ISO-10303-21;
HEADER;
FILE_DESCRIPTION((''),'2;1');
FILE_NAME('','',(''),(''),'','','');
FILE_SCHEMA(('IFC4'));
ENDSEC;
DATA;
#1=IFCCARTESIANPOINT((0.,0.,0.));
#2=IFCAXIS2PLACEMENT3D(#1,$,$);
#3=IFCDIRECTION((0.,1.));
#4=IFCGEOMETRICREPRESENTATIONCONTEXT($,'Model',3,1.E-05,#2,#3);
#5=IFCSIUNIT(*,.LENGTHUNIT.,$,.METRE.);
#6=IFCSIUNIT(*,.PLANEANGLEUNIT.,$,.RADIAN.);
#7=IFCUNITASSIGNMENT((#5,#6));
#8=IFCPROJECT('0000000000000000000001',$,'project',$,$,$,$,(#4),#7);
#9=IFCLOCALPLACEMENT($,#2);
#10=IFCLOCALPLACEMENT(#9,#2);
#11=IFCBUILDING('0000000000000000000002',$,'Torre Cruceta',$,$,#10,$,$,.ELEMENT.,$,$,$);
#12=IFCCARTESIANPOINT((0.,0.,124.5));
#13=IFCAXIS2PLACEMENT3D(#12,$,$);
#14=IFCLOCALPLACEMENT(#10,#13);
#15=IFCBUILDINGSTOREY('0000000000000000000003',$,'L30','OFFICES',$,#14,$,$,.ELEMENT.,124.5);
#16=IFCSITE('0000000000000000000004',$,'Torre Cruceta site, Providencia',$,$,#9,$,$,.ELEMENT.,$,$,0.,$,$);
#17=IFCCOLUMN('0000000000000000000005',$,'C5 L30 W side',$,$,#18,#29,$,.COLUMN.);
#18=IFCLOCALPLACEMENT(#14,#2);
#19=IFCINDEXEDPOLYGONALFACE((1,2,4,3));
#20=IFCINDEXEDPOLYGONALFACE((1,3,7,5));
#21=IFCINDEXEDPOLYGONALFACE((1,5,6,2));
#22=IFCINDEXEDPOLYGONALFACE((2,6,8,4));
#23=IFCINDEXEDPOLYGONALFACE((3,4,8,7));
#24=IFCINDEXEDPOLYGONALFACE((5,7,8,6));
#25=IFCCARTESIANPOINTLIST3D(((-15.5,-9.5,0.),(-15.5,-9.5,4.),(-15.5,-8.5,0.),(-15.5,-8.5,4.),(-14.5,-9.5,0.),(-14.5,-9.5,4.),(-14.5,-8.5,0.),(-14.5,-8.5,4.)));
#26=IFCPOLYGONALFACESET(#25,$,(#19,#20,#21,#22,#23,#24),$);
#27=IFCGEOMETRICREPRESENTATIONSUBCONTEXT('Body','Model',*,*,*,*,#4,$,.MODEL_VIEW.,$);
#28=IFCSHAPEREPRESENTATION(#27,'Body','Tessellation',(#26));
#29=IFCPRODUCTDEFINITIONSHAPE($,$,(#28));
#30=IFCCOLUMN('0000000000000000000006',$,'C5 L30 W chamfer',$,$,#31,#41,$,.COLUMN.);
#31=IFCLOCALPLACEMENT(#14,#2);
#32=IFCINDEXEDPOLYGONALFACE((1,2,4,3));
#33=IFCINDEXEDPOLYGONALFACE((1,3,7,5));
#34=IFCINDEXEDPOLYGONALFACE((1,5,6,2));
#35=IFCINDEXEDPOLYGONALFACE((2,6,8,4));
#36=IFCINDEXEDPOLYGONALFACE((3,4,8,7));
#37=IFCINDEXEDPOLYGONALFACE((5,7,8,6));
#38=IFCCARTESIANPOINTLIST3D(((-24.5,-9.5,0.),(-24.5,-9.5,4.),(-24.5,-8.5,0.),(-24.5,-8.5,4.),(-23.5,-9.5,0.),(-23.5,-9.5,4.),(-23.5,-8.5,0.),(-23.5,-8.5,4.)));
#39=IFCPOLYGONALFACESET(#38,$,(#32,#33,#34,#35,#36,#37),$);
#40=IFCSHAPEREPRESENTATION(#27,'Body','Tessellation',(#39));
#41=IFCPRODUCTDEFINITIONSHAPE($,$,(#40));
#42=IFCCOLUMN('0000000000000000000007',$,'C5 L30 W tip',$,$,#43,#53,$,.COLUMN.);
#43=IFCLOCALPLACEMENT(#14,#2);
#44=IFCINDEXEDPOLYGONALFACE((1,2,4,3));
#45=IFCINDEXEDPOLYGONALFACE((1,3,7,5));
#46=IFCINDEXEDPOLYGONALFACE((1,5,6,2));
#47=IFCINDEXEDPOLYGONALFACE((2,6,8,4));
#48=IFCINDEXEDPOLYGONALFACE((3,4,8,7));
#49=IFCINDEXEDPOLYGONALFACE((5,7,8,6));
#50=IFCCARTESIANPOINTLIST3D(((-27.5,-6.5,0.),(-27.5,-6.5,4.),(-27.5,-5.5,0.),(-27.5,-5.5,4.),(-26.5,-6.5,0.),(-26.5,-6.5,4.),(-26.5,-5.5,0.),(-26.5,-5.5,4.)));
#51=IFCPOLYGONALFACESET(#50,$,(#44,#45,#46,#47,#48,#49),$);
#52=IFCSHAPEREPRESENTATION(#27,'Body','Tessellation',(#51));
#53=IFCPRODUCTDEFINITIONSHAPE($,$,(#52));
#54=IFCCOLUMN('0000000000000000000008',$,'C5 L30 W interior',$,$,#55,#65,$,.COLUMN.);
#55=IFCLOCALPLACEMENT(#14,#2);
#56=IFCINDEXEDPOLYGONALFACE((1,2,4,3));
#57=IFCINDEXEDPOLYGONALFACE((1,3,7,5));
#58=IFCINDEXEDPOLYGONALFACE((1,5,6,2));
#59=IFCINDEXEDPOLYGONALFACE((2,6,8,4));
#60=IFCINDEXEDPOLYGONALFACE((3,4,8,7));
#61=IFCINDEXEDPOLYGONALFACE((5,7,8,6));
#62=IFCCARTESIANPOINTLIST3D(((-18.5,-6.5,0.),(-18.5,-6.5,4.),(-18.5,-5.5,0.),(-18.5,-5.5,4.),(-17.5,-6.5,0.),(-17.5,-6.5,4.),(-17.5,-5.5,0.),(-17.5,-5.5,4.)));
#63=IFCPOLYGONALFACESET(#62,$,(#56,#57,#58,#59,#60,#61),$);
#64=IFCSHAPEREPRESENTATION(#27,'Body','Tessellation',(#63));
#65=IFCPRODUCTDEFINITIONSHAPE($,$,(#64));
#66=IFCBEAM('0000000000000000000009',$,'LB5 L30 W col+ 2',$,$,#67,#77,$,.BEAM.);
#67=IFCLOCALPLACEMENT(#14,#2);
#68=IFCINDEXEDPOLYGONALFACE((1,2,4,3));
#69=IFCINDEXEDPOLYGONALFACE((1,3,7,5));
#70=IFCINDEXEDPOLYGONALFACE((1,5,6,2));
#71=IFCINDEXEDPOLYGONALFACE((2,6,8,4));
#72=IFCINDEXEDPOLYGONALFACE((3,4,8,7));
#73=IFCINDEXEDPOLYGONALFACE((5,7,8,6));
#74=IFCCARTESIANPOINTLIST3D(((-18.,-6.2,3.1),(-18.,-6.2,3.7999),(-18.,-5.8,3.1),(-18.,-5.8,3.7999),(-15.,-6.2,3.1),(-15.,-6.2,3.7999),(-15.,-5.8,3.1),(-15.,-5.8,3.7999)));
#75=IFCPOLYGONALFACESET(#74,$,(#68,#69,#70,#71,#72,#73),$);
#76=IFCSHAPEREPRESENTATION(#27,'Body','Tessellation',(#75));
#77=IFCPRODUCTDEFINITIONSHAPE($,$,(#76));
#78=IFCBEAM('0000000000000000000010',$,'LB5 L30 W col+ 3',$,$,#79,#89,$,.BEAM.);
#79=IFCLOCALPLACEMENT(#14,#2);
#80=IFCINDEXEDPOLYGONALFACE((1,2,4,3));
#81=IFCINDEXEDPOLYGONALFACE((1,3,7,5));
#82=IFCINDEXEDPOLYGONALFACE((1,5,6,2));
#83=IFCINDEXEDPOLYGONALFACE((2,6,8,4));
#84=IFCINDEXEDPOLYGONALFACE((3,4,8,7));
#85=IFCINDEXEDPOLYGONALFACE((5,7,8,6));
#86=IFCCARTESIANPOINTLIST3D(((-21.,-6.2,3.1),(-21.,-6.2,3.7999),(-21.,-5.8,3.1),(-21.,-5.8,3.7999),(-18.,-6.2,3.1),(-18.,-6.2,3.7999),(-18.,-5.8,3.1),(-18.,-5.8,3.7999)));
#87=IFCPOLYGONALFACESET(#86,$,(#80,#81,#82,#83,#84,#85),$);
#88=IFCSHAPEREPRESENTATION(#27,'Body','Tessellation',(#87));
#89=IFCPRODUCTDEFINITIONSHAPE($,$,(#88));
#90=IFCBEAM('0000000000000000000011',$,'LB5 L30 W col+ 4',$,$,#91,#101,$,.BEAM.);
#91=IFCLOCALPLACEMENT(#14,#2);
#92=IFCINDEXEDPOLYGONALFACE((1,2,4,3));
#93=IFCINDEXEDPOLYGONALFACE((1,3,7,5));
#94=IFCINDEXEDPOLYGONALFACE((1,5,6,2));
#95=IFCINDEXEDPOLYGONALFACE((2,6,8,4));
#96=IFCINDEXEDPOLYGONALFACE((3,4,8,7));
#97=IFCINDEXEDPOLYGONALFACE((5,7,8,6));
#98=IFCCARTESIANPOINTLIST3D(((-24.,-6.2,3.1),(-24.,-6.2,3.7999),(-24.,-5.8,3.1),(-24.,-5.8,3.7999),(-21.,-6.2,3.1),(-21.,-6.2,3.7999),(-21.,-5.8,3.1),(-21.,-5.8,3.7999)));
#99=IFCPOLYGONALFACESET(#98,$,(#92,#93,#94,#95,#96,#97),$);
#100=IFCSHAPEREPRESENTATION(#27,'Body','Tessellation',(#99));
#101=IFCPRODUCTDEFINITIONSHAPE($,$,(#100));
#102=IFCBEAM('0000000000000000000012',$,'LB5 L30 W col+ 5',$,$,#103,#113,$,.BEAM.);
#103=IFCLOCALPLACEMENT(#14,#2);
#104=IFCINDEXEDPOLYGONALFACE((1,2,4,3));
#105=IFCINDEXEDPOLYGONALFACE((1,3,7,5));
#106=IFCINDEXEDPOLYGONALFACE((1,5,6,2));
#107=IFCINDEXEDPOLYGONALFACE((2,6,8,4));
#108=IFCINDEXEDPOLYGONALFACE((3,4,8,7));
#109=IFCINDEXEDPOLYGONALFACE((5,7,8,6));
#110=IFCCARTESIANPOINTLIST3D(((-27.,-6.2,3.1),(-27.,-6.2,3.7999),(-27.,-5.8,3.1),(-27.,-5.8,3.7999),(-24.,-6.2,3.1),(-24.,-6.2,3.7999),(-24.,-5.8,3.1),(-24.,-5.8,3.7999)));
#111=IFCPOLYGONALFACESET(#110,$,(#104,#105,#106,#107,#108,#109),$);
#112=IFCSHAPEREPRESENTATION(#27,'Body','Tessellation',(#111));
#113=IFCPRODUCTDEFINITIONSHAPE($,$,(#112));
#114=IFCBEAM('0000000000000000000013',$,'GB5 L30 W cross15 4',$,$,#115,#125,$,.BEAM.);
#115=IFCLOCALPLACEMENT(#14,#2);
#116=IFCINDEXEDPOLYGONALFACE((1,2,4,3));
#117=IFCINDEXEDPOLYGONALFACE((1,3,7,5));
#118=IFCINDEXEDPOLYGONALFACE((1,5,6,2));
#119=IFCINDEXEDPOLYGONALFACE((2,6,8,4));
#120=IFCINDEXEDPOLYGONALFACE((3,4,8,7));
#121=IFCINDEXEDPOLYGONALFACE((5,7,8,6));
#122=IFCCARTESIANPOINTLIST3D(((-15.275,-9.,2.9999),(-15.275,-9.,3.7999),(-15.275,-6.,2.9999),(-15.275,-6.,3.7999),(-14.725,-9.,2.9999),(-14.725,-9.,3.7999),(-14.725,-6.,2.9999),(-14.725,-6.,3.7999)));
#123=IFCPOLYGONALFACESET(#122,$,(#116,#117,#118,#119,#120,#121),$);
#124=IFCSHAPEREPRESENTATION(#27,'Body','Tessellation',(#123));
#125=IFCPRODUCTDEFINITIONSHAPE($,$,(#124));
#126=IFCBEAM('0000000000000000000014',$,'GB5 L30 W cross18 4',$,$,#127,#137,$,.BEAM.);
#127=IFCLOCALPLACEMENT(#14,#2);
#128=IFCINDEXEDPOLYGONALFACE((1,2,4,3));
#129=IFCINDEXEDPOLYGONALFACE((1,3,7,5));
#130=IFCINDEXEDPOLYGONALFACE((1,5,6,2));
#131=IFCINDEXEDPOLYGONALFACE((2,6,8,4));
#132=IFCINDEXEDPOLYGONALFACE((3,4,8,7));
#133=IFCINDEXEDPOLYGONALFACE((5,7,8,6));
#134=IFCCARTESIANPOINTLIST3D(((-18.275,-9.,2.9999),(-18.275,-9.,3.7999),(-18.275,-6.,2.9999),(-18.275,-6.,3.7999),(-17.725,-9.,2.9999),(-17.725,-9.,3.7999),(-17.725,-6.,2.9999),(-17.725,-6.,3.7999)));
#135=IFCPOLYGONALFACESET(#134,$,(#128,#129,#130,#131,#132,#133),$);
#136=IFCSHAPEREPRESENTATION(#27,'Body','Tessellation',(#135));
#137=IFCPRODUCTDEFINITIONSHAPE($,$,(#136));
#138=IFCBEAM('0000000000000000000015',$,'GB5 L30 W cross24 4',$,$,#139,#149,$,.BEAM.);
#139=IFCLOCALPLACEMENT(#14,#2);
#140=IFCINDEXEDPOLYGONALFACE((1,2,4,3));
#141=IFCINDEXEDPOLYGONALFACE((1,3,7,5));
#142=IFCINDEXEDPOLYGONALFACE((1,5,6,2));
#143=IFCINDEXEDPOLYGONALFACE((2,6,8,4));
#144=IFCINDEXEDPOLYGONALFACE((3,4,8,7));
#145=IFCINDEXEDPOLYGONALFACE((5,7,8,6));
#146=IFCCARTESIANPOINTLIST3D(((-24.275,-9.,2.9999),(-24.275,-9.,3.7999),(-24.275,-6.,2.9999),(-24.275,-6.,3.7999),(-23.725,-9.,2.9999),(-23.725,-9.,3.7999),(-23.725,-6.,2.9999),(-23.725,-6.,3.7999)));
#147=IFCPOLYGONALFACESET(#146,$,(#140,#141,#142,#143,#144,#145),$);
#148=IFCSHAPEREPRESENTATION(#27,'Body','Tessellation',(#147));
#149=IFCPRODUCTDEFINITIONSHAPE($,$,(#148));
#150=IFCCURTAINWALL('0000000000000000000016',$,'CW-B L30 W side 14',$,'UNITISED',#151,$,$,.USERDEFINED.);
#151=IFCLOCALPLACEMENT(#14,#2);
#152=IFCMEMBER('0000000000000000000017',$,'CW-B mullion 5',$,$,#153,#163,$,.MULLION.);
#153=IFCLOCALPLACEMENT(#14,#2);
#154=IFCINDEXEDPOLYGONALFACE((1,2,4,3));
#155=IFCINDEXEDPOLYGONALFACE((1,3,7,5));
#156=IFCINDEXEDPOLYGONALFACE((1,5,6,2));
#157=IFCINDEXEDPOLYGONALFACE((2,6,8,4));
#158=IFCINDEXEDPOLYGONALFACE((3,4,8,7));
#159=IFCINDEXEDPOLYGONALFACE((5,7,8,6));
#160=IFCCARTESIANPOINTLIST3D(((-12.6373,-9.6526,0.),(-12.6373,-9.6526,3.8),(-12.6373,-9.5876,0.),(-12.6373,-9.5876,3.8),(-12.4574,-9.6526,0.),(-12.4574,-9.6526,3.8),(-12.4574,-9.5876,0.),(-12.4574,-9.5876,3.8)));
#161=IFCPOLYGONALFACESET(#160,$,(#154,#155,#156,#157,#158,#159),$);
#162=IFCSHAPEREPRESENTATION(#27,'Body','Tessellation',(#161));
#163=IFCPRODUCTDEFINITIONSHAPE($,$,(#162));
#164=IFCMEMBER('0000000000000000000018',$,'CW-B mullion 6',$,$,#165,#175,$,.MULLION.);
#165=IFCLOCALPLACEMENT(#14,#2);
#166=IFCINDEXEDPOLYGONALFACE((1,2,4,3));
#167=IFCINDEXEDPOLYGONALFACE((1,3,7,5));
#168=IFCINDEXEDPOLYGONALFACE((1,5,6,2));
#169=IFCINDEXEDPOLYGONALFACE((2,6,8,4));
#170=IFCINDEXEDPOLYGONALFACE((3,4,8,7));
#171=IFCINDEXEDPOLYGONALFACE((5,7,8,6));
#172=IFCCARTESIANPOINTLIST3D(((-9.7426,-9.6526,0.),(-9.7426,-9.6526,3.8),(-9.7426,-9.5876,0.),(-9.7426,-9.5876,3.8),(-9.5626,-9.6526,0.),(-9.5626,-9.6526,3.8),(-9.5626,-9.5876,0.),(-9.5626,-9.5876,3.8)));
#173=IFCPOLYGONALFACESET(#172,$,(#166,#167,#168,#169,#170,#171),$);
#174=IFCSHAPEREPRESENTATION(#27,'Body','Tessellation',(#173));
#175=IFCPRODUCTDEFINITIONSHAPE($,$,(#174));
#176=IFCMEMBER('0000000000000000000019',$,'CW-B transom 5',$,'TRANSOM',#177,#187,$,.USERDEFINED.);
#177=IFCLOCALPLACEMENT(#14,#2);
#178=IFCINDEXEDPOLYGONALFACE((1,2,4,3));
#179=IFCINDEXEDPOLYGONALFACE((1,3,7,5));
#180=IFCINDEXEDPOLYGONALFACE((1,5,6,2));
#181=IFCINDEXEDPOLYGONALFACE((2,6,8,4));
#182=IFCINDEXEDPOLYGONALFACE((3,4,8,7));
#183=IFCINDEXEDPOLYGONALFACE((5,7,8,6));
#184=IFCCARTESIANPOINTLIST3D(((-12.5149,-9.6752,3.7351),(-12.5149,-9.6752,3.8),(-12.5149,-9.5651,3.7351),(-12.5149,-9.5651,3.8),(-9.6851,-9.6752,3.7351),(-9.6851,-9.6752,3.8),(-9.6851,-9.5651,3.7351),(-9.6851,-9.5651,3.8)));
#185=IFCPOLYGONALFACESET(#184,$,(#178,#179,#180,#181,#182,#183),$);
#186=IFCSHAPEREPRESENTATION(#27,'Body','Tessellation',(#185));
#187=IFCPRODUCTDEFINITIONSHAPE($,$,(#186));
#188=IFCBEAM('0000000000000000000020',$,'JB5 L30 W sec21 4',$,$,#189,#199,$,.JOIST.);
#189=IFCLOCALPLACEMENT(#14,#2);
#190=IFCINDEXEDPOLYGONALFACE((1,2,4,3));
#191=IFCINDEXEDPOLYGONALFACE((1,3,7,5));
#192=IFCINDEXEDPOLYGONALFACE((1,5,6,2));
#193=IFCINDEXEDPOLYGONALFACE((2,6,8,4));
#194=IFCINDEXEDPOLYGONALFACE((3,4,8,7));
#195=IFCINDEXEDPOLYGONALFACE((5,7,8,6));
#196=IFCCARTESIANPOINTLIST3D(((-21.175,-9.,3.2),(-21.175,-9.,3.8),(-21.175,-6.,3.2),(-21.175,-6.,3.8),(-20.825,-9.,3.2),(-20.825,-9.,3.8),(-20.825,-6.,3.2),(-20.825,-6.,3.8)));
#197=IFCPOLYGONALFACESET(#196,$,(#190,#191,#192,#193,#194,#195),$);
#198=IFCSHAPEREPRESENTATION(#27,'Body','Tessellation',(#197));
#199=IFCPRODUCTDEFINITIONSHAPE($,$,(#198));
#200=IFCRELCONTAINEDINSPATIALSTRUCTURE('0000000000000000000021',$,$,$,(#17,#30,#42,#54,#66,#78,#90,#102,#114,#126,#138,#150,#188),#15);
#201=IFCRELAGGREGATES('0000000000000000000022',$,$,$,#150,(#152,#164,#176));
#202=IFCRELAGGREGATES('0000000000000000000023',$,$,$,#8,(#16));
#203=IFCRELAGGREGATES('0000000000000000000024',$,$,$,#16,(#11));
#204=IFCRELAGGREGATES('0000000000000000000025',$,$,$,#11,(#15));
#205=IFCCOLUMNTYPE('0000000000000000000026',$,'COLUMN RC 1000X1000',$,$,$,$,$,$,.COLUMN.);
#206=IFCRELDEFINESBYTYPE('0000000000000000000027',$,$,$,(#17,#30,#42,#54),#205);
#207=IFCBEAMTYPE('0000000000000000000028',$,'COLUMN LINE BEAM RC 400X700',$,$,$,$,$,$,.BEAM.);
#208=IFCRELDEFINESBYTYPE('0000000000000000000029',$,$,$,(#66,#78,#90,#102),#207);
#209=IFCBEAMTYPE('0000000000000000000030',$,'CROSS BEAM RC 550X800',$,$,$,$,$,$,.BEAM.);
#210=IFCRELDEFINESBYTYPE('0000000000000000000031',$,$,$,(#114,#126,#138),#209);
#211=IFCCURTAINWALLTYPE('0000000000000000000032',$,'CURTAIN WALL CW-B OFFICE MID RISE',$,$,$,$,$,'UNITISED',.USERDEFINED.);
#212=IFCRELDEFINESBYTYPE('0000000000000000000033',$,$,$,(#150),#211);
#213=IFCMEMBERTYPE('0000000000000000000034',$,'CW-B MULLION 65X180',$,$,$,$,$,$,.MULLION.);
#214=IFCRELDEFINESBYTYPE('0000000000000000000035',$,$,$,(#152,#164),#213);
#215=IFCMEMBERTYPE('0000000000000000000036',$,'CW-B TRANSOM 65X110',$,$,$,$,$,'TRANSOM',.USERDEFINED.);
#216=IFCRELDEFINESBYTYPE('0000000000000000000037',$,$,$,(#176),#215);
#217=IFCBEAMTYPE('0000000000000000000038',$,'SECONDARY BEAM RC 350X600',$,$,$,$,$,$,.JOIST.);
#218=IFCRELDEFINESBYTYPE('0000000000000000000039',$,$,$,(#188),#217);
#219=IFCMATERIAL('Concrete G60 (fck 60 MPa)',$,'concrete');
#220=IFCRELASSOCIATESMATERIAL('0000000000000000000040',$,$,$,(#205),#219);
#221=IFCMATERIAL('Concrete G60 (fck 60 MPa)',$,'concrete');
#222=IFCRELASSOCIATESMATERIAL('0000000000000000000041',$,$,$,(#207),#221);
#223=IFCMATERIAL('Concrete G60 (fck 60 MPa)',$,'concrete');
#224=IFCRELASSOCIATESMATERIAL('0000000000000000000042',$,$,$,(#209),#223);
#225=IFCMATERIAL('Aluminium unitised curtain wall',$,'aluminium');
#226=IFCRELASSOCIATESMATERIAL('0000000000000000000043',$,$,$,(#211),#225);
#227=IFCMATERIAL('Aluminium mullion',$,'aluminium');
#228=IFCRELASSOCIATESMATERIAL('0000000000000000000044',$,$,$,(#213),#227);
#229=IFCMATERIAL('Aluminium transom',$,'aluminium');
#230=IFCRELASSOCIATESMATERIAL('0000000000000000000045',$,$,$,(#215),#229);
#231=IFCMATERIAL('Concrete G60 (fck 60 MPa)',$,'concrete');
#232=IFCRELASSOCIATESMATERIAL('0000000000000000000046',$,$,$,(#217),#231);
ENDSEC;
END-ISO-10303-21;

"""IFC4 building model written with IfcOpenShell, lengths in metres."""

from ifc_helpers import new_model, si_unit, direction, frame, origin, origin_2d, place, context, subcontext, project, spatial, rectangle, extrude, material, material_profile, profile_set, type_object, element, aggregate, save


model = new_model("IFC4")

# Units and contexts
model_context = context("Model", 3, precision=1e-05, world=origin(), true_north=direction((0.0, 1.0)))
body_context = subcontext(model_context, "Body", "Model", "MODEL_VIEW")
ifc_project = project(units=[si_unit("LENGTHUNIT", "METRE"), si_unit("PLANEANGLEUNIT", "RADIAN")], contexts=[model_context])

# Site, building, storey
site_placement = place(None, origin())
site = spatial("IfcSite", under=ifc_project, at=site_placement, Name="Torre Cruceta site, Providencia", CompositionType="ELEMENT", RefElevation=0.0)
building_placement = place(site_placement, origin())
building = spatial("IfcBuilding", under=site, at=building_placement, Name="Torre Cruceta", CompositionType="ELEMENT")
storey_placement = place(building_placement, frame((0.0, 0.0, 124.5)))
storey = spatial("IfcBuildingStorey", under=building, at=storey_placement, Name="L30", Description="OFFICES", CompositionType="ELEMENT", Elevation=124.5)

# Columns
ifc_material_1 = material(Name="Concrete G60 (fck 60 MPa)", Category="concrete")
ifc_material_profile_1 = material_profile(ifc_material_1, rectangle(XDim=1.0, YDim=1.0, at=origin_2d()), Name="RC 1000X1000")
ifc_profile_set_1 = profile_set([ifc_material_profile_1], Name="Concrete G60 (fck 60 MPa)")
column_type = type_object("IfcColumnType", Name="COLUMN RC 1000X1000", PredefinedType="COLUMN", material=ifc_profile_set_1)
for number, where, z_axis, x_axis, name in (
    (1, (-15.0, -9.0, 0.0), (0.0, 0.0, 1.0), (1.0, 0.0, 0.0), "C5 L30 W side"),
    (2, (-24.0, -9.0, 0.0), (0.0, 0.0, 1.0), (1.0, 0.0, 0.0), "C5 L30 W chamfer"),
    (3, (-27.0, -6.0, 0.0), (0.0, 0.0, 1.0), (1.0, 0.0, 0.0), "C5 L30 W tip"),
    (4, (-18.0, -6.0, 0.0), (0.0, 0.0, 1.0), (1.0, 0.0, 0.0), "C5 L30 W interior"),
):
    element("IfcColumn", number, at=place(storey_placement, frame(where, z_axis=z_axis, x_axis=x_axis)), inside=storey, type_object=column_type, Name=name, PredefinedType="COLUMN", context=body_context, shape_type="SweptSolid", body=[
        extrude(rectangle(XDim=1.0, YDim=1.0, at=origin_2d()), origin(), (0.0, 0.0, 1.0), 4.0),
    ])

# Beams
ifc_material_2 = material(Name="Concrete G60 (fck 60 MPa)", Category="concrete")
ifc_material_profile_2 = material_profile(ifc_material_2, rectangle(XDim=0.3999, YDim=0.7, at=origin_2d()), Name="RC 400X700")
ifc_profile_set_2 = profile_set([ifc_material_profile_2], Name="Concrete G60 (fck 60 MPa)")
beam_type_1 = type_object("IfcBeamType", Name="COLUMN LINE BEAM RC 400X700", PredefinedType="BEAM", material=ifc_profile_set_2)
for number, where, z_axis, x_axis, name in (
    (5, (-15.0, -6.0, 3.45), (-1.0, 0.0, 0.0), (0.0, -1.0, 0.0), "LB5 L30 W col+ 2"),
    (6, (-18.0, -6.0, 3.45), (-1.0, 0.0, 0.0), (0.0, -1.0, 0.0), "LB5 L30 W col+ 3"),
    (7, (-21.0, -6.0, 3.45), (-1.0, 0.0, 0.0), (0.0, -1.0, 0.0), "LB5 L30 W col+ 4"),
    (8, (-24.0, -6.0, 3.45), (-1.0, 0.0, 0.0), (0.0, -1.0, 0.0), "LB5 L30 W col+ 5"),
):
    element("IfcBeam", number, at=place(storey_placement, frame(where, z_axis=z_axis, x_axis=x_axis)), inside=storey, type_object=beam_type_1, Name=name, PredefinedType="BEAM", context=body_context, shape_type="SweptSolid", body=[
        extrude(rectangle(XDim=0.3999, YDim=0.7, at=origin_2d()), origin(), (0.0, 0.0, 1.0), 3.0),
    ])
ifc_material_3 = material(Name="Concrete G60 (fck 60 MPa)", Category="concrete")
ifc_material_profile_3 = material_profile(ifc_material_3, rectangle(XDim=0.55, YDim=0.8, at=origin_2d()), Name="RC 550X800")
ifc_profile_set_3 = profile_set([ifc_material_profile_3], Name="Concrete G60 (fck 60 MPa)")
beam_type_2 = type_object("IfcBeamType", Name="CROSS BEAM RC 550X800", PredefinedType="BEAM", material=ifc_profile_set_3)
for number, where, z_axis, x_axis, name in (
    (9, (-15.0, -6.0, 3.3999), (0.0, -1.0, 0.0), (1.0, 0.0, 0.0), "GB5 L30 W cross15 4"),
    (10, (-18.0, -6.0, 3.3999), (0.0, -1.0, 0.0), (1.0, 0.0, 0.0), "GB5 L30 W cross18 4"),
    (11, (-24.0, -6.0, 3.3999), (0.0, -1.0, 0.0), (1.0, 0.0, 0.0), "GB5 L30 W cross24 4"),
):
    element("IfcBeam", number, at=place(storey_placement, frame(where, z_axis=z_axis, x_axis=x_axis)), inside=storey, type_object=beam_type_2, Name=name, PredefinedType="BEAM", context=body_context, shape_type="SweptSolid", body=[
        extrude(rectangle(XDim=0.55, YDim=0.8, at=origin_2d()), origin(), (0.0, 0.0, 1.0), 3.0),
    ])

# Curtain wall, members
ifc_material_4 = material(Name="Aluminium unitised curtain wall", Category="aluminium")
curtain_wall_type = type_object("IfcCurtainWallType", Name="CURTAIN WALL CW-B OFFICE MID RISE", ElementType="UNITISED", PredefinedType="USERDEFINED", material=ifc_material_4)
curtain_wall_placement = place(storey_placement, origin())
curtain_wall = element("IfcCurtainWall", 12, at=curtain_wall_placement, inside=storey, type_object=curtain_wall_type, Name="CW-B L30 W side 14", ObjectType="UNITISED", PredefinedType="USERDEFINED")
ifc_material_5 = material(Name="Aluminium mullion", Category="aluminium")
ifc_material_profile_4 = material_profile(ifc_material_5, rectangle(XDim=0.0649, YDim=0.1799, at=origin_2d()), Name="AL 65X180")
ifc_profile_set_4 = profile_set([ifc_material_profile_4], Name="Aluminium mullion")
member_type_1 = type_object("IfcMemberType", Name="CW-B MULLION 65X180", PredefinedType="MULLION", material=ifc_profile_set_4)
member_1_placement = place(storey_placement, frame((-12.5474, -9.6201, 0.0), z_axis=(0.0, 0.0, 1.0), x_axis=(0.0, 1.0, 0.0)))
member_1 = element("IfcMember", 13, at=member_1_placement, type_object=member_type_1, Name="CW-B mullion 5", PredefinedType="MULLION", context=body_context, shape_type="SweptSolid", body=[
    extrude(rectangle(XDim=0.0649, YDim=0.1799, at=origin_2d()), origin(), (0.0, 0.0, 1.0), 3.8),
])
member_2_placement = place(storey_placement, frame((-9.6526, -9.6201, 0.0), z_axis=(0.0, 0.0, 1.0), x_axis=(0.0, 1.0, 0.0)))
member_2 = element("IfcMember", 14, at=member_2_placement, type_object=member_type_1, Name="CW-B mullion 6", PredefinedType="MULLION", context=body_context, shape_type="SweptSolid", body=[
    extrude(rectangle(XDim=0.0649, YDim=0.1799, at=origin_2d()), origin(), (0.0, 0.0, 1.0), 3.8),
])
ifc_material_6 = material(Name="Aluminium transom", Category="aluminium")
ifc_material_profile_5 = material_profile(ifc_material_6, rectangle(XDim=0.1101, YDim=0.0649, at=origin_2d()), Name="AL 110X65")
ifc_profile_set_5 = profile_set([ifc_material_profile_5], Name="Aluminium transom")
member_type_2 = type_object("IfcMemberType", Name="CW-B TRANSOM 65X110", ElementType="TRANSOM", PredefinedType="USERDEFINED", material=ifc_profile_set_5)
member_3_placement = place(storey_placement, frame((-12.5149, -9.6201, 3.7676), z_axis=(1.0, 0.0, 0.0), x_axis=(0.0, 1.0, 0.0)))
member_3 = element("IfcMember", 15, at=member_3_placement, type_object=member_type_2, Name="CW-B transom 5", ObjectType="TRANSOM", PredefinedType="USERDEFINED", context=body_context, shape_type="SweptSolid", body=[
    extrude(rectangle(XDim=0.1101, YDim=0.0649, at=origin_2d()), origin(), (0.0, 0.0, 1.0), 2.8298),
])

# Beam
ifc_material_7 = material(Name="Concrete G60 (fck 60 MPa)", Category="concrete")
ifc_material_profile_6 = material_profile(ifc_material_7, rectangle(XDim=0.3501, YDim=0.6001, at=origin_2d()), Name="RC 350X600")
ifc_profile_set_6 = profile_set([ifc_material_profile_6], Name="Concrete G60 (fck 60 MPa)")
beam_type_3 = type_object("IfcBeamType", Name="SECONDARY BEAM RC 350X600", PredefinedType="JOIST", material=ifc_profile_set_6)
beam_1_placement = place(storey_placement, frame((-21.0, -6.0, 3.5), z_axis=(0.0, -1.0, 0.0), x_axis=(1.0, 0.0, 0.0)))
element("IfcBeam", 16, at=beam_1_placement, inside=storey, type_object=beam_type_3, Name="JB5 L30 W sec21 4", PredefinedType="JOIST", context=body_context, shape_type="SweptSolid", body=[
    extrude(rectangle(XDim=0.3501, YDim=0.6001, at=origin_2d()), origin(), (0.0, 0.0, 1.0), 3.0),
])

aggregate(curtain_wall, [member_1, member_2, member_3])

save(model, "model.ifc")
